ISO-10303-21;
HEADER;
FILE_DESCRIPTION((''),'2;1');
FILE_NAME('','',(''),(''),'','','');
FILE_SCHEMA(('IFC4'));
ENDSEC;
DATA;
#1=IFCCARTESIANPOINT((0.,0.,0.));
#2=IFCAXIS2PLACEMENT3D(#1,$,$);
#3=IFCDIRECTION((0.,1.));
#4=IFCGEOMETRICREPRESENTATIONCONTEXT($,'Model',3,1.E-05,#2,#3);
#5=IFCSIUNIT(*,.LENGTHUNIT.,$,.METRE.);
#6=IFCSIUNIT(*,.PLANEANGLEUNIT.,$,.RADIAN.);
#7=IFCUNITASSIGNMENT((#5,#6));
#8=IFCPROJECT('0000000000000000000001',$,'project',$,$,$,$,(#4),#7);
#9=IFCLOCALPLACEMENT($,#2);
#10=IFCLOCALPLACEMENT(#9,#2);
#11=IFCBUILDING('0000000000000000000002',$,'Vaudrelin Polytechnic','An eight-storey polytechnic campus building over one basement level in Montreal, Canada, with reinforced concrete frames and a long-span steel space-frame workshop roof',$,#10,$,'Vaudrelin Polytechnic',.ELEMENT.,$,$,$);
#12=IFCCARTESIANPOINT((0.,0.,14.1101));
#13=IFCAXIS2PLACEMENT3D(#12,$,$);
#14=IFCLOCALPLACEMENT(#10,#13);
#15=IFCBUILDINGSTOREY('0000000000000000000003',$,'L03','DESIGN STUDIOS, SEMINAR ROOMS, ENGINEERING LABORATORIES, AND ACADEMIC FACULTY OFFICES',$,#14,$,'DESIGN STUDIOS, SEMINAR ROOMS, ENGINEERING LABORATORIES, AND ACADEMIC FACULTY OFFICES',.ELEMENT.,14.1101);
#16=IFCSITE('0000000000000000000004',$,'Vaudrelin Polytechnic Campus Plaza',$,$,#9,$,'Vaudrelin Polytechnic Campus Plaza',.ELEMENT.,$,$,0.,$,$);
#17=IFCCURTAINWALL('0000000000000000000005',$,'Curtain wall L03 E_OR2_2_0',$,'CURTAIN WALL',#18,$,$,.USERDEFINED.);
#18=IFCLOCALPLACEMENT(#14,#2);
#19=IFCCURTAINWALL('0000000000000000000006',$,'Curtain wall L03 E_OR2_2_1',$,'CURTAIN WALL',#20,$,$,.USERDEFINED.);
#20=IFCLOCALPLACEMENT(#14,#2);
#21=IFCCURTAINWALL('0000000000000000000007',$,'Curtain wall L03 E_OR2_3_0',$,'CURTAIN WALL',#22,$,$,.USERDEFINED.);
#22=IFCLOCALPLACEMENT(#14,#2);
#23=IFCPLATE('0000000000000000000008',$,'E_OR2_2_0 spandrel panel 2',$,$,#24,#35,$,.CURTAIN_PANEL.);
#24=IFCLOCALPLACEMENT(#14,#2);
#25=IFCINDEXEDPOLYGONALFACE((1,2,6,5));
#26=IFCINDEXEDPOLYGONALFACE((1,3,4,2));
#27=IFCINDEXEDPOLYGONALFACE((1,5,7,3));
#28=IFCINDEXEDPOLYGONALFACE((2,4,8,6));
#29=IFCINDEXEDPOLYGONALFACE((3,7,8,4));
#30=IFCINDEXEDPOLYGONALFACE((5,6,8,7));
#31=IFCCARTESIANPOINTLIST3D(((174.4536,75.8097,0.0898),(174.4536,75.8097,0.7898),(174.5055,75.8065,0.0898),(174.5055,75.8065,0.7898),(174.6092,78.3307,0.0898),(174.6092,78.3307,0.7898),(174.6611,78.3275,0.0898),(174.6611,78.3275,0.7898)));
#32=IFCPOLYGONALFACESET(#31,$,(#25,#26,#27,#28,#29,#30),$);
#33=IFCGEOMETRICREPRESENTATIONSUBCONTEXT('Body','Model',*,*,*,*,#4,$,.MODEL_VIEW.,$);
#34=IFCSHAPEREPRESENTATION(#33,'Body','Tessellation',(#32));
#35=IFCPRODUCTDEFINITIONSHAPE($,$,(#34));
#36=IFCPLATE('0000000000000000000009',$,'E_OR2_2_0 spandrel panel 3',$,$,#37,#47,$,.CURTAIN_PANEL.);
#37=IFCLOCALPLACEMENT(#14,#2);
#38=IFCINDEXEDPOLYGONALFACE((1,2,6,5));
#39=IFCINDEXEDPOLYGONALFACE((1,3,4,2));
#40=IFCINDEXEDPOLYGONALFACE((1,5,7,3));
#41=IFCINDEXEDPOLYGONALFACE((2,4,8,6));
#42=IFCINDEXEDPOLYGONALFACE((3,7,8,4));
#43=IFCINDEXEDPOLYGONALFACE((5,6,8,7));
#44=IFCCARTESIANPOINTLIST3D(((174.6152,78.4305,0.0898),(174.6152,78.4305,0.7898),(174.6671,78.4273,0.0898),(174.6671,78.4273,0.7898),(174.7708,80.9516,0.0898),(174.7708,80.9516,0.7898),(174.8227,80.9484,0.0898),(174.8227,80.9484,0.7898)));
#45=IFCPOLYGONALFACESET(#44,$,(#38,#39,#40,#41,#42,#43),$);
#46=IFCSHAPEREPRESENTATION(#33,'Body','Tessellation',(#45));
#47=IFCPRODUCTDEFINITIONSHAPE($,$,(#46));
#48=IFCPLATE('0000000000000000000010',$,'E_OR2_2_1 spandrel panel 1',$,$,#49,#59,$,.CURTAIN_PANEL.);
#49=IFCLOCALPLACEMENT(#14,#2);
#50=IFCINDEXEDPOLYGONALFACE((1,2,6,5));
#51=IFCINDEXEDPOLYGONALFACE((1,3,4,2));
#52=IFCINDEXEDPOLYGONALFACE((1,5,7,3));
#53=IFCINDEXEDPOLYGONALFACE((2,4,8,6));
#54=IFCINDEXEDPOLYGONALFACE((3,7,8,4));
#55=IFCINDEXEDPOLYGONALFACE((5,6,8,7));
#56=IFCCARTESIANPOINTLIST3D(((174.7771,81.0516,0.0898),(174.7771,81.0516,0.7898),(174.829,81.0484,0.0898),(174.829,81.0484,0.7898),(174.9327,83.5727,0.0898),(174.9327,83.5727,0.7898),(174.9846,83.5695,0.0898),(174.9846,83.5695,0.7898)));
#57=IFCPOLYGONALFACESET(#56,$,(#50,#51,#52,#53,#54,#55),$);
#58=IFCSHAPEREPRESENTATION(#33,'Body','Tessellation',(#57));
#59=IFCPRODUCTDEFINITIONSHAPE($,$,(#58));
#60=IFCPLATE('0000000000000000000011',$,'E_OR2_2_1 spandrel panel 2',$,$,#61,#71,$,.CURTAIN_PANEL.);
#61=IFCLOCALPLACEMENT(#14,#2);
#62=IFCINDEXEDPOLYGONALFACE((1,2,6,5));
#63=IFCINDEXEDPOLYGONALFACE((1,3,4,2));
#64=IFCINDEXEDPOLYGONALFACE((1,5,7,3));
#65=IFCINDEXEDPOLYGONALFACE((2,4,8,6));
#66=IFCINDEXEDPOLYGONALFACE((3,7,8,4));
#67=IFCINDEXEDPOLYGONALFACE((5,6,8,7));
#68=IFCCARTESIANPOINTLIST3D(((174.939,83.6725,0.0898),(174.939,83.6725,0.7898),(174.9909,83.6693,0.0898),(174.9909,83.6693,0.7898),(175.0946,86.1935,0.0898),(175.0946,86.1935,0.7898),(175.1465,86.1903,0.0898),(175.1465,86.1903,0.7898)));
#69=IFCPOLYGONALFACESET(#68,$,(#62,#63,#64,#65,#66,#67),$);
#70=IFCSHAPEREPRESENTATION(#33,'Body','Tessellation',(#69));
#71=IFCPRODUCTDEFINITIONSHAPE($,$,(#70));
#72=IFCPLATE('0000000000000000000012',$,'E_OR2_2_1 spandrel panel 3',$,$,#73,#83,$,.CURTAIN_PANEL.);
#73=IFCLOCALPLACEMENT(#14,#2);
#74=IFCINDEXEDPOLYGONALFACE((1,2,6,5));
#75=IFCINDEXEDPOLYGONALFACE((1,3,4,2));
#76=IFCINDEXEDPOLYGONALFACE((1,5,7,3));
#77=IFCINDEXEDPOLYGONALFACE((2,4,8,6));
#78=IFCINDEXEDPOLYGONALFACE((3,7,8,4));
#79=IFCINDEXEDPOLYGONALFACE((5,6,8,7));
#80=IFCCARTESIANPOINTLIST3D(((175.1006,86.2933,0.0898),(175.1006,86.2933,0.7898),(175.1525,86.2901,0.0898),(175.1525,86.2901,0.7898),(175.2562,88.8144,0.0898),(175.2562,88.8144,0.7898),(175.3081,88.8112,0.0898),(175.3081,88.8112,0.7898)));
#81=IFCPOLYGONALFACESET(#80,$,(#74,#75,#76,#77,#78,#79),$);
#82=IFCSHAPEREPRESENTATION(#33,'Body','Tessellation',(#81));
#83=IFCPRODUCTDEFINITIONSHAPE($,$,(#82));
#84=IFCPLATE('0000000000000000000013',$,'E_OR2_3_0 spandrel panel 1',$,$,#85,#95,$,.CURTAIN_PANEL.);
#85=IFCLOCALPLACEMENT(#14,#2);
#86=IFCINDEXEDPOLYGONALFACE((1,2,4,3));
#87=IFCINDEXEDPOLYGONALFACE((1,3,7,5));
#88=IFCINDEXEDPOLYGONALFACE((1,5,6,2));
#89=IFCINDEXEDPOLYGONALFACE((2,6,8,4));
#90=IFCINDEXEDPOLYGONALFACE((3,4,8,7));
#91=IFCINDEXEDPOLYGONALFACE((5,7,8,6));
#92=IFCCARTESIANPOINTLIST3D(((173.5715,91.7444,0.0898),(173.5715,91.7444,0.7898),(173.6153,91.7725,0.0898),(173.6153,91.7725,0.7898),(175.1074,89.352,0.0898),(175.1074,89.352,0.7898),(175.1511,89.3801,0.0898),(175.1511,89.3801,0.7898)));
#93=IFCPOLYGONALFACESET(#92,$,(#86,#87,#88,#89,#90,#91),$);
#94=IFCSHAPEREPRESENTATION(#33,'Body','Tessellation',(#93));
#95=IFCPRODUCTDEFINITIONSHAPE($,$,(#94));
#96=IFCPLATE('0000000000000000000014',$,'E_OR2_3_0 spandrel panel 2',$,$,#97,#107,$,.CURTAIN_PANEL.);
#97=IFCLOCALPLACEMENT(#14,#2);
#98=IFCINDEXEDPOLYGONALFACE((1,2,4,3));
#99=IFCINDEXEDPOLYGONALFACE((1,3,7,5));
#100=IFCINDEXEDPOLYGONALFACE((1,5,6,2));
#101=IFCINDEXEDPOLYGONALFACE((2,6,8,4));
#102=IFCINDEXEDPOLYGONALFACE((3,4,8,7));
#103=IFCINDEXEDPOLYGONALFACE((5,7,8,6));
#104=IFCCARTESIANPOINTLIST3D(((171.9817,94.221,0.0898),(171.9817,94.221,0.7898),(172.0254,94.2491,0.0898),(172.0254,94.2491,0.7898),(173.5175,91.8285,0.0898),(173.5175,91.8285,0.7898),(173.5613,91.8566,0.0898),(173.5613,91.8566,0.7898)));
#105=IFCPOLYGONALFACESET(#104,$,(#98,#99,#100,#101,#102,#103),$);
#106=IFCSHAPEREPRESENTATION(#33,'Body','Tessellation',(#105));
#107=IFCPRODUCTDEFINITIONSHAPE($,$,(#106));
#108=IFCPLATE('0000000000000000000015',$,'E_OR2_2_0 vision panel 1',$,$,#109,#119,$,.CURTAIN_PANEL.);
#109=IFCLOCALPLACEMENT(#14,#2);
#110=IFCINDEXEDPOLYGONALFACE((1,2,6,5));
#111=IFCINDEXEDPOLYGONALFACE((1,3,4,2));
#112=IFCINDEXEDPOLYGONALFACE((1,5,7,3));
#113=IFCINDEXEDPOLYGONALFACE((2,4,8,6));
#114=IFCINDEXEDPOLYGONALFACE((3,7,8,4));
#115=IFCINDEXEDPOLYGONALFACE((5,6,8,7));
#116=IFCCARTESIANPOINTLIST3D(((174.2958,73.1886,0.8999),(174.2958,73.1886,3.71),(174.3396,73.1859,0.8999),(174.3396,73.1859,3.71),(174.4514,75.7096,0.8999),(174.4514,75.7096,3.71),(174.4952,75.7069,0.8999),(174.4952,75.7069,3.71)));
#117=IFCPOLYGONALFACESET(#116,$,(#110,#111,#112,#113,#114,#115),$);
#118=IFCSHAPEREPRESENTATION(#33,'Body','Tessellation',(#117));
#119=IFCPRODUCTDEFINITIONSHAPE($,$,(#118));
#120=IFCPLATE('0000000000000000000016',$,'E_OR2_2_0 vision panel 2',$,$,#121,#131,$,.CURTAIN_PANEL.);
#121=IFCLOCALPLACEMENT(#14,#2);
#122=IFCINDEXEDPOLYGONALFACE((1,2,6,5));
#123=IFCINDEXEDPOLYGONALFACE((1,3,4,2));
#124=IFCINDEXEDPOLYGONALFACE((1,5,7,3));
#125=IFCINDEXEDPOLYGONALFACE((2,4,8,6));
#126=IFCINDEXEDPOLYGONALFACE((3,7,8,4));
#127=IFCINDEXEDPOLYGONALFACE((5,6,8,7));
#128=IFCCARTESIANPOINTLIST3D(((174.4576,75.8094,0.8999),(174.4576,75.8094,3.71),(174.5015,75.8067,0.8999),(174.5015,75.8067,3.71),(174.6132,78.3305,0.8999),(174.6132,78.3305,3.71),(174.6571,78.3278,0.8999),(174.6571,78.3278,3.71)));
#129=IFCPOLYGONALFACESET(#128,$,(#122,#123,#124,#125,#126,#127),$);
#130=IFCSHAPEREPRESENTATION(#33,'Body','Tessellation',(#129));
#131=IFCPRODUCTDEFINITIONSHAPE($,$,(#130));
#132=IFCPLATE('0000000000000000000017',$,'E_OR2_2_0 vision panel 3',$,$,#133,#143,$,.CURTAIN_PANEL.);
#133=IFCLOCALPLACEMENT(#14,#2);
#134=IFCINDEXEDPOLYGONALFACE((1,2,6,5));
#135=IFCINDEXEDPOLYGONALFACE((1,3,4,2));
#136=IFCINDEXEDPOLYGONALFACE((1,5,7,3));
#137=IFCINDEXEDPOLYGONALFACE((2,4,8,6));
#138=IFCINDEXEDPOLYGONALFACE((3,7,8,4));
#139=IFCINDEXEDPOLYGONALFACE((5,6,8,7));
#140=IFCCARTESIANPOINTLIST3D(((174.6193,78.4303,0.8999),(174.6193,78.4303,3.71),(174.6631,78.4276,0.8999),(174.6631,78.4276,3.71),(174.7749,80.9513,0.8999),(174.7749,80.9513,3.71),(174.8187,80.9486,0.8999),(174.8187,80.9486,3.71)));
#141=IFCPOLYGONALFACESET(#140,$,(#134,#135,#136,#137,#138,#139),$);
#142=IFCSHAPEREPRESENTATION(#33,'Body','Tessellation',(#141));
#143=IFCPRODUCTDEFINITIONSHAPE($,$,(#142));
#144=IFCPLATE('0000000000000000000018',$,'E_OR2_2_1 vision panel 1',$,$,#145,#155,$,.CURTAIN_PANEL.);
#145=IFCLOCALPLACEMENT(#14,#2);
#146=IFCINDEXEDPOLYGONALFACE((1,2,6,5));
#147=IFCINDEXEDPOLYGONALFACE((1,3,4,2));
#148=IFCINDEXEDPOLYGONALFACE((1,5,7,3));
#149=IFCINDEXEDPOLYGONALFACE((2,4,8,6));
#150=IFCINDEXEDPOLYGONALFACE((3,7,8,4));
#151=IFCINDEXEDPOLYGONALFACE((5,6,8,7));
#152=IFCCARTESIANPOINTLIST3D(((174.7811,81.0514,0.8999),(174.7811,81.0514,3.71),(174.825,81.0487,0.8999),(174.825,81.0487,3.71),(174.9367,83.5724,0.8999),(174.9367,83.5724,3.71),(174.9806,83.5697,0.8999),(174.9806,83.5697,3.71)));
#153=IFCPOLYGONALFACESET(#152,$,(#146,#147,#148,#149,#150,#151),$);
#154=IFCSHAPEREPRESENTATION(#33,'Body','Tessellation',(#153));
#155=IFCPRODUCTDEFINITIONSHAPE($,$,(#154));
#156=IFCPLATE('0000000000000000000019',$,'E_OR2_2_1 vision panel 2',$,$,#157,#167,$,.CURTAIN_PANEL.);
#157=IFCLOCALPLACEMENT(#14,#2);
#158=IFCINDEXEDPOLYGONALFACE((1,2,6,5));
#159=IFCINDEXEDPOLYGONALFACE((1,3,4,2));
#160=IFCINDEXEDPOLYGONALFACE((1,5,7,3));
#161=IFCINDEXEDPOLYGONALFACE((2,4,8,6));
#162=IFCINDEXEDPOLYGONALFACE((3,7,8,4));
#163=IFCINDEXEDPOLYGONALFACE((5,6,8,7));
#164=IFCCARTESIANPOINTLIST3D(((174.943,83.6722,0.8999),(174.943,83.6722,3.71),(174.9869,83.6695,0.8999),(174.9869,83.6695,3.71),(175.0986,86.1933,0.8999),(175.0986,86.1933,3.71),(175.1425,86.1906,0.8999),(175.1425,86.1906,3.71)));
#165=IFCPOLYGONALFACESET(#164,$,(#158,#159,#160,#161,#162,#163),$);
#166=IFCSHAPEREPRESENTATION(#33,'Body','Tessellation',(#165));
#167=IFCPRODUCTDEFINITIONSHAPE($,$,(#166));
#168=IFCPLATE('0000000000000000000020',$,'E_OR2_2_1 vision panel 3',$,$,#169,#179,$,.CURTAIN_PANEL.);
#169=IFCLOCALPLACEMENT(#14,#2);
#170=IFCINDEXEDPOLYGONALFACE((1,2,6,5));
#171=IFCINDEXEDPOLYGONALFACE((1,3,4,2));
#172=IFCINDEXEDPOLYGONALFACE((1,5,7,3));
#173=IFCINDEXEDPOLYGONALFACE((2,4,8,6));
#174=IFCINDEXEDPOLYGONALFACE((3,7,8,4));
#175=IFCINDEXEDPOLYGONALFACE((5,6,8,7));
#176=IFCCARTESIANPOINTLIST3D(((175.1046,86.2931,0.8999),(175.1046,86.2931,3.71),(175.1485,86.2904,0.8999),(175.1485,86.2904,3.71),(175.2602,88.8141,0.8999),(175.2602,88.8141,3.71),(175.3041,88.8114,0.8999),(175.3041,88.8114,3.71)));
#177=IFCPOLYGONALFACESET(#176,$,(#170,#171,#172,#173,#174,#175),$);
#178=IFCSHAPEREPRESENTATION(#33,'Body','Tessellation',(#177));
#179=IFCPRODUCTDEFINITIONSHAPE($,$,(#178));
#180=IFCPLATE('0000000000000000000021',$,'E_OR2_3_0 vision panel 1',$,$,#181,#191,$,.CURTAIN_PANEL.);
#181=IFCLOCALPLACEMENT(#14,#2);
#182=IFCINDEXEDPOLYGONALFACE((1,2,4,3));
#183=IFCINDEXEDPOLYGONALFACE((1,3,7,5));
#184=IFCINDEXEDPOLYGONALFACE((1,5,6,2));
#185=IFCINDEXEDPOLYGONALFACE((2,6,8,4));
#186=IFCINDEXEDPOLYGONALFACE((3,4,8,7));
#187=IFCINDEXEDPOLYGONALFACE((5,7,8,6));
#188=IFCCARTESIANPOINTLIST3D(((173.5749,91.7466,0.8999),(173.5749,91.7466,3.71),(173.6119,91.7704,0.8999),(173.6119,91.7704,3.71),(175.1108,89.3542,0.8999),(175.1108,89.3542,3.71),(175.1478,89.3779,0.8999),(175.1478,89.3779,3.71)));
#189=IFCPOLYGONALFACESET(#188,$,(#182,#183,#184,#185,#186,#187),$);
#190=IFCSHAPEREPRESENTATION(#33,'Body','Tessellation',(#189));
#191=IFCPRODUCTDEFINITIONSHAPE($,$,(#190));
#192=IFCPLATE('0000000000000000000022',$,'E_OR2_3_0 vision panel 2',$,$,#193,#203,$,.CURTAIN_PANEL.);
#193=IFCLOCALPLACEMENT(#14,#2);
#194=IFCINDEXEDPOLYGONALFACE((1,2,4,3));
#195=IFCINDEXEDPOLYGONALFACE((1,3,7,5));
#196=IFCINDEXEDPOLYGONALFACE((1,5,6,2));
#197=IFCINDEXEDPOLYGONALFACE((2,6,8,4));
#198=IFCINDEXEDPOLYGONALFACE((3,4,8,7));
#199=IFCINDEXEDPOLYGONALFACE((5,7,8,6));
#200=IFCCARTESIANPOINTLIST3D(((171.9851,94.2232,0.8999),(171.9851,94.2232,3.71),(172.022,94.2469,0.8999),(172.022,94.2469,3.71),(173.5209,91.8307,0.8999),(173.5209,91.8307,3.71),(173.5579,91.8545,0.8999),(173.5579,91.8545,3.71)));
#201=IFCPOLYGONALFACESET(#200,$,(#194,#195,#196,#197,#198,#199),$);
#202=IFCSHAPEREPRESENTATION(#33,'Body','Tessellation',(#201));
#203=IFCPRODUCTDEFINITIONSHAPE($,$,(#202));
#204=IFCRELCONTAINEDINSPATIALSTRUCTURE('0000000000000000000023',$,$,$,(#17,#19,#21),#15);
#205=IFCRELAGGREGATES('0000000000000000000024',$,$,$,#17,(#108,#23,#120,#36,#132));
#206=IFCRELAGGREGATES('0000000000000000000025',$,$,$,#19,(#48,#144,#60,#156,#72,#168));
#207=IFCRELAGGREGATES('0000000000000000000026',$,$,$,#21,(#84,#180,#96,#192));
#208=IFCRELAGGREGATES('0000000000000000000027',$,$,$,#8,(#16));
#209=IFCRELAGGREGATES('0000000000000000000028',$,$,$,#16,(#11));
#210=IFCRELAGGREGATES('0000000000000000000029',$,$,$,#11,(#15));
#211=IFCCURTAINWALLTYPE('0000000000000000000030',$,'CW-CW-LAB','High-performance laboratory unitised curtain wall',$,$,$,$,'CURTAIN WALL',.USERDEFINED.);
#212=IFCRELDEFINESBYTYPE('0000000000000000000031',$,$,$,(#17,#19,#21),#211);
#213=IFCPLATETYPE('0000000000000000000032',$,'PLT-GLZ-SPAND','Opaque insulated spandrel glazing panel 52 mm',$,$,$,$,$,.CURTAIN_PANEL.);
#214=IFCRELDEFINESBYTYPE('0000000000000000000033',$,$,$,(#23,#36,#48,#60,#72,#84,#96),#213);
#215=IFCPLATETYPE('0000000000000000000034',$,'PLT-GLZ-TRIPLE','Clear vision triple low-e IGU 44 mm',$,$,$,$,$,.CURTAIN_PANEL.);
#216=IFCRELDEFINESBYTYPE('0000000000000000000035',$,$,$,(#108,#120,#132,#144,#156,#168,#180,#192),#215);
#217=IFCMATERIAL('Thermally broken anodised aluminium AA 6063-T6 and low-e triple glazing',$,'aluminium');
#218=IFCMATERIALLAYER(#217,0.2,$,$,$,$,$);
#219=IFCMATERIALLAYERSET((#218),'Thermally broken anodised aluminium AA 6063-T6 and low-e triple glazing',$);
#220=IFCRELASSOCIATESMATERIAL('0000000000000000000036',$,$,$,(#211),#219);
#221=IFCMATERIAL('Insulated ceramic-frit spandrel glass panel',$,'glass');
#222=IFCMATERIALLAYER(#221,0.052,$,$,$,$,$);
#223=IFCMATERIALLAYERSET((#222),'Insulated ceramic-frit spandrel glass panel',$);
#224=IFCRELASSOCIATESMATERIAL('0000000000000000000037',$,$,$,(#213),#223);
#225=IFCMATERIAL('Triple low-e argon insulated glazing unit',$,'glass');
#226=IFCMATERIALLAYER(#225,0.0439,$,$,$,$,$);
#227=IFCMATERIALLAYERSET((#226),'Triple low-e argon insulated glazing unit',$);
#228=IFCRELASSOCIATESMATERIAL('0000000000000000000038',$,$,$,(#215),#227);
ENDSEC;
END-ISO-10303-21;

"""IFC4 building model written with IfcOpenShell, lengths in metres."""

from ifc_helpers import new_model, si_unit, direction, frame, origin, origin_2d, place, context, subcontext, project, spatial, rectangle, extrude, material, layer, layer_set, type_object, element, aggregate, save


model = new_model("IFC4")

# Units and contexts
model_context = context("Model", 3, precision=1e-05, world=origin(), true_north=direction((0.0, 1.0)))
body_context = subcontext(model_context, "Body", "Model", "MODEL_VIEW")
ifc_project = project(units=[si_unit("LENGTHUNIT", "METRE"), si_unit("PLANEANGLEUNIT", "RADIAN")], contexts=[model_context])

# Site, building, storey
site_placement = place(None, origin())
site = spatial("IfcSite", under=ifc_project, at=site_placement, Name="Vaudrelin Polytechnic Campus Plaza", LongName="Vaudrelin Polytechnic Campus Plaza", CompositionType="ELEMENT", RefElevation=0.0)
building_placement = place(site_placement, origin())
building = spatial("IfcBuilding", under=site, at=building_placement, Name="Vaudrelin Polytechnic", Description="An eight-storey polytechnic campus building over one basement level in Montreal, Canada, with reinforced concrete frames and a long-span steel space-frame workshop roof", LongName="Vaudrelin Polytechnic", CompositionType="ELEMENT")
storey_placement = place(building_placement, frame((0.0, 0.0, 14.1101)))
storey = spatial("IfcBuildingStorey", under=building, at=storey_placement, Name="L03", Description="DESIGN STUDIOS, SEMINAR ROOMS, ENGINEERING LABORATORIES, AND ACADEMIC FACULTY OFFICES", LongName="DESIGN STUDIOS, SEMINAR ROOMS, ENGINEERING LABORATORIES, AND ACADEMIC FACULTY OFFICES", CompositionType="ELEMENT", Elevation=14.1101)

# Curtain walls
ifc_material_1 = material(Name="Thermally broken anodised aluminium AA 6063-T6 and low-e triple glazing", Category="aluminium")
ifc_layer_1 = layer(ifc_material_1, 0.2)
ifc_layer_set_1 = layer_set([ifc_layer_1], Name="Thermally broken anodised aluminium AA 6063-T6 and low-e triple glazing")
curtain_wall_type = type_object("IfcCurtainWallType", Name="CW-CW-LAB", Description="High-performance laboratory unitised curtain wall", ElementType="CURTAIN WALL", PredefinedType="USERDEFINED", material=ifc_layer_set_1)
curtain_wall_1_placement = place(storey_placement, origin())
curtain_wall_1 = element("IfcCurtainWall", 1, at=curtain_wall_1_placement, inside=storey, type_object=curtain_wall_type, Name="Curtain wall L03 E_OR2_2_0", ObjectType="CURTAIN WALL", PredefinedType="USERDEFINED")
curtain_wall_2_placement = place(storey_placement, origin())
curtain_wall_2 = element("IfcCurtainWall", 2, at=curtain_wall_2_placement, inside=storey, type_object=curtain_wall_type, Name="Curtain wall L03 E_OR2_2_1", ObjectType="CURTAIN WALL", PredefinedType="USERDEFINED")
curtain_wall_3_placement = place(storey_placement, origin())
curtain_wall_3 = element("IfcCurtainWall", 3, at=curtain_wall_3_placement, inside=storey, type_object=curtain_wall_type, Name="Curtain wall L03 E_OR2_3_0", ObjectType="CURTAIN WALL", PredefinedType="USERDEFINED")

# Plates
ifc_material_2 = material(Name="Insulated ceramic-frit spandrel glass panel", Category="glass")
ifc_layer_2 = layer(ifc_material_2, 0.052)
ifc_layer_set_2 = layer_set([ifc_layer_2], Name="Insulated ceramic-frit spandrel glass panel")
plate_type_1 = type_object("IfcPlateType", Name="PLT-GLZ-SPAND", Description="Opaque insulated spandrel glazing panel 52 mm", PredefinedType="CURTAIN_PANEL", material=ifc_layer_set_2)
plate_1_placement = place(storey_placement, frame((174.5574, 77.0686, 0.0898), z_axis=(0.0, 0.0, 1.0), x_axis=(0.061605, 0.998101, 0.0)))
plate_1 = element("IfcPlate", 4, at=plate_1_placement, type_object=plate_type_1, Name="E_OR2_2_0 spandrel panel 2", PredefinedType="CURTAIN_PANEL", context=body_context, shape_type="SweptSolid", body=[
    extrude(rectangle(XDim=2.5259, YDim=0.052, at=origin_2d()), origin(), (0.0, 0.0, 1.0), 0.7),
])
plate_2_placement = place(storey_placement, frame((174.719, 79.6895, 0.0898), z_axis=(0.0, 0.0, 1.0), x_axis=(0.061605, 0.998101, 0.0)))
plate_2 = element("IfcPlate", 5, at=plate_2_placement, type_object=plate_type_1, Name="E_OR2_2_0 spandrel panel 3", PredefinedType="CURTAIN_PANEL", context=body_context, shape_type="SweptSolid", body=[
    extrude(rectangle(XDim=2.5259, YDim=0.052, at=origin_2d()), origin(), (0.0, 0.0, 1.0), 0.7),
])
plate_3_placement = place(storey_placement, frame((174.8809, 82.3105, 0.0898), z_axis=(0.0, 0.0, 1.0), x_axis=(0.061605, 0.998101, 0.0)))
plate_3 = element("IfcPlate", 6, at=plate_3_placement, type_object=plate_type_1, Name="E_OR2_2_1 spandrel panel 1", PredefinedType="CURTAIN_PANEL", context=body_context, shape_type="SweptSolid", body=[
    extrude(rectangle(XDim=2.5259, YDim=0.052, at=origin_2d()), origin(), (0.0, 0.0, 1.0), 0.7),
])
plate_4_placement = place(storey_placement, frame((175.0427, 84.9314, 0.0898), z_axis=(0.0, 0.0, 1.0), x_axis=(0.061605, 0.998101, 0.0)))
plate_4 = element("IfcPlate", 7, at=plate_4_placement, type_object=plate_type_1, Name="E_OR2_2_1 spandrel panel 2", PredefinedType="CURTAIN_PANEL", context=body_context, shape_type="SweptSolid", body=[
    extrude(rectangle(XDim=2.5259, YDim=0.052, at=origin_2d()), origin(), (0.0, 0.0, 1.0), 0.7),
])
plate_5_placement = place(storey_placement, frame((175.2043, 87.5522, 0.0898), z_axis=(0.0, 0.0, 1.0), x_axis=(0.061605, 0.998101, 0.0)))
plate_5 = element("IfcPlate", 8, at=plate_5_placement, type_object=plate_type_1, Name="E_OR2_2_1 spandrel panel 3", PredefinedType="CURTAIN_PANEL", context=body_context, shape_type="SweptSolid", body=[
    extrude(rectangle(XDim=2.5259, YDim=0.052, at=origin_2d()), origin(), (0.0, 0.0, 1.0), 0.7),
])
plate_6_placement = place(storey_placement, frame((174.3613, 90.5623, 0.0898), z_axis=(0.0, 0.0, 1.0), x_axis=(-0.540228, 0.841519, 0.0)))
plate_6 = element("IfcPlate", 9, at=plate_6_placement, type_object=plate_type_1, Name="E_OR2_3_0 spandrel panel 1", PredefinedType="CURTAIN_PANEL", context=body_context, shape_type="SweptSolid", body=[
    extrude(rectangle(XDim=2.843, YDim=0.052, at=origin_2d()), origin(), (0.0, 0.0, 1.0), 0.7),
])
plate_7_placement = place(storey_placement, frame((172.7715, 93.0388, 0.0898), z_axis=(0.0, 0.0, 1.0), x_axis=(-0.540228, 0.841519, 0.0)))
plate_7 = element("IfcPlate", 10, at=plate_7_placement, type_object=plate_type_1, Name="E_OR2_3_0 spandrel panel 2", PredefinedType="CURTAIN_PANEL", context=body_context, shape_type="SweptSolid", body=[
    extrude(rectangle(XDim=2.843, YDim=0.052, at=origin_2d()), origin(), (0.0, 0.0, 1.0), 0.7),
])
ifc_material_3 = material(Name="Triple low-e argon insulated glazing unit", Category="glass")
ifc_layer_3 = layer(ifc_material_3, 0.0439)
ifc_layer_set_3 = layer_set([ifc_layer_3], Name="Triple low-e argon insulated glazing unit")
plate_type_2 = type_object("IfcPlateType", Name="PLT-GLZ-TRIPLE", Description="Clear vision triple low-e IGU 44 mm", PredefinedType="CURTAIN_PANEL", material=ifc_layer_set_3)
plate_8_placement = place(storey_placement, frame((174.3955, 74.4478, 0.8999), z_axis=(0.0, 0.0, 1.0), x_axis=(0.061605, 0.998101, 0.0)))
plate_8 = element("IfcPlate", 11, at=plate_8_placement, type_object=plate_type_2, Name="E_OR2_2_0 vision panel 1", PredefinedType="CURTAIN_PANEL", context=body_context, shape_type="SweptSolid", body=[
    extrude(rectangle(XDim=2.5259, YDim=0.0439, at=origin_2d()), origin(), (0.0, 0.0, 1.0), 2.8101),
])
plate_9_placement = place(storey_placement, frame((174.5574, 77.0686, 0.8999), z_axis=(0.0, 0.0, 1.0), x_axis=(0.061605, 0.998101, 0.0)))
plate_9 = element("IfcPlate", 12, at=plate_9_placement, type_object=plate_type_2, Name="E_OR2_2_0 vision panel 2", PredefinedType="CURTAIN_PANEL", context=body_context, shape_type="SweptSolid", body=[
    extrude(rectangle(XDim=2.5259, YDim=0.0439, at=origin_2d()), origin(), (0.0, 0.0, 1.0), 2.8101),
])
plate_10_placement = place(storey_placement, frame((174.719, 79.6895, 0.8999), z_axis=(0.0, 0.0, 1.0), x_axis=(0.061605, 0.998101, 0.0)))
plate_10 = element("IfcPlate", 13, at=plate_10_placement, type_object=plate_type_2, Name="E_OR2_2_0 vision panel 3", PredefinedType="CURTAIN_PANEL", context=body_context, shape_type="SweptSolid", body=[
    extrude(rectangle(XDim=2.5259, YDim=0.0439, at=origin_2d()), origin(), (0.0, 0.0, 1.0), 2.8101),
])
aggregate(curtain_wall_1, [plate_8, plate_1, plate_9, plate_2, plate_10])
plate_11_placement = place(storey_placement, frame((174.8809, 82.3105, 0.8999), z_axis=(0.0, 0.0, 1.0), x_axis=(0.061605, 0.998101, 0.0)))
plate_11 = element("IfcPlate", 14, at=plate_11_placement, type_object=plate_type_2, Name="E_OR2_2_1 vision panel 1", PredefinedType="CURTAIN_PANEL", context=body_context, shape_type="SweptSolid", body=[
    extrude(rectangle(XDim=2.5259, YDim=0.0439, at=origin_2d()), origin(), (0.0, 0.0, 1.0), 2.8101),
])
plate_12_placement = place(storey_placement, frame((175.0427, 84.9314, 0.8999), z_axis=(0.0, 0.0, 1.0), x_axis=(0.061605, 0.998101, 0.0)))
plate_12 = element("IfcPlate", 15, at=plate_12_placement, type_object=plate_type_2, Name="E_OR2_2_1 vision panel 2", PredefinedType="CURTAIN_PANEL", context=body_context, shape_type="SweptSolid", body=[
    extrude(rectangle(XDim=2.5259, YDim=0.0439, at=origin_2d()), origin(), (0.0, 0.0, 1.0), 2.8101),
])
plate_13_placement = place(storey_placement, frame((175.2043, 87.5522, 0.8999), z_axis=(0.0, 0.0, 1.0), x_axis=(0.061605, 0.998101, 0.0)))
plate_13 = element("IfcPlate", 16, at=plate_13_placement, type_object=plate_type_2, Name="E_OR2_2_1 vision panel 3", PredefinedType="CURTAIN_PANEL", context=body_context, shape_type="SweptSolid", body=[
    extrude(rectangle(XDim=2.5259, YDim=0.0439, at=origin_2d()), origin(), (0.0, 0.0, 1.0), 2.8101),
])
aggregate(curtain_wall_2, [plate_3, plate_11, plate_4, plate_12, plate_5, plate_13])
plate_14_placement = place(storey_placement, frame((174.3613, 90.5623, 0.8999), z_axis=(0.0, 0.0, 1.0), x_axis=(-0.540228, 0.841519, 0.0)))
plate_14 = element("IfcPlate", 17, at=plate_14_placement, type_object=plate_type_2, Name="E_OR2_3_0 vision panel 1", PredefinedType="CURTAIN_PANEL", context=body_context, shape_type="SweptSolid", body=[
    extrude(rectangle(XDim=2.843, YDim=0.0439, at=origin_2d()), origin(), (0.0, 0.0, 1.0), 2.8101),
])
plate_15_placement = place(storey_placement, frame((172.7715, 93.0388, 0.8999), z_axis=(0.0, 0.0, 1.0), x_axis=(-0.540228, 0.841519, 0.0)))
plate_15 = element("IfcPlate", 18, at=plate_15_placement, type_object=plate_type_2, Name="E_OR2_3_0 vision panel 2", PredefinedType="CURTAIN_PANEL", context=body_context, shape_type="SweptSolid", body=[
    extrude(rectangle(XDim=2.843, YDim=0.0439, at=origin_2d()), origin(), (0.0, 0.0, 1.0), 2.8101),
])
aggregate(curtain_wall_3, [plate_6, plate_14, plate_7, plate_15])

save(model, "model.ifc")
